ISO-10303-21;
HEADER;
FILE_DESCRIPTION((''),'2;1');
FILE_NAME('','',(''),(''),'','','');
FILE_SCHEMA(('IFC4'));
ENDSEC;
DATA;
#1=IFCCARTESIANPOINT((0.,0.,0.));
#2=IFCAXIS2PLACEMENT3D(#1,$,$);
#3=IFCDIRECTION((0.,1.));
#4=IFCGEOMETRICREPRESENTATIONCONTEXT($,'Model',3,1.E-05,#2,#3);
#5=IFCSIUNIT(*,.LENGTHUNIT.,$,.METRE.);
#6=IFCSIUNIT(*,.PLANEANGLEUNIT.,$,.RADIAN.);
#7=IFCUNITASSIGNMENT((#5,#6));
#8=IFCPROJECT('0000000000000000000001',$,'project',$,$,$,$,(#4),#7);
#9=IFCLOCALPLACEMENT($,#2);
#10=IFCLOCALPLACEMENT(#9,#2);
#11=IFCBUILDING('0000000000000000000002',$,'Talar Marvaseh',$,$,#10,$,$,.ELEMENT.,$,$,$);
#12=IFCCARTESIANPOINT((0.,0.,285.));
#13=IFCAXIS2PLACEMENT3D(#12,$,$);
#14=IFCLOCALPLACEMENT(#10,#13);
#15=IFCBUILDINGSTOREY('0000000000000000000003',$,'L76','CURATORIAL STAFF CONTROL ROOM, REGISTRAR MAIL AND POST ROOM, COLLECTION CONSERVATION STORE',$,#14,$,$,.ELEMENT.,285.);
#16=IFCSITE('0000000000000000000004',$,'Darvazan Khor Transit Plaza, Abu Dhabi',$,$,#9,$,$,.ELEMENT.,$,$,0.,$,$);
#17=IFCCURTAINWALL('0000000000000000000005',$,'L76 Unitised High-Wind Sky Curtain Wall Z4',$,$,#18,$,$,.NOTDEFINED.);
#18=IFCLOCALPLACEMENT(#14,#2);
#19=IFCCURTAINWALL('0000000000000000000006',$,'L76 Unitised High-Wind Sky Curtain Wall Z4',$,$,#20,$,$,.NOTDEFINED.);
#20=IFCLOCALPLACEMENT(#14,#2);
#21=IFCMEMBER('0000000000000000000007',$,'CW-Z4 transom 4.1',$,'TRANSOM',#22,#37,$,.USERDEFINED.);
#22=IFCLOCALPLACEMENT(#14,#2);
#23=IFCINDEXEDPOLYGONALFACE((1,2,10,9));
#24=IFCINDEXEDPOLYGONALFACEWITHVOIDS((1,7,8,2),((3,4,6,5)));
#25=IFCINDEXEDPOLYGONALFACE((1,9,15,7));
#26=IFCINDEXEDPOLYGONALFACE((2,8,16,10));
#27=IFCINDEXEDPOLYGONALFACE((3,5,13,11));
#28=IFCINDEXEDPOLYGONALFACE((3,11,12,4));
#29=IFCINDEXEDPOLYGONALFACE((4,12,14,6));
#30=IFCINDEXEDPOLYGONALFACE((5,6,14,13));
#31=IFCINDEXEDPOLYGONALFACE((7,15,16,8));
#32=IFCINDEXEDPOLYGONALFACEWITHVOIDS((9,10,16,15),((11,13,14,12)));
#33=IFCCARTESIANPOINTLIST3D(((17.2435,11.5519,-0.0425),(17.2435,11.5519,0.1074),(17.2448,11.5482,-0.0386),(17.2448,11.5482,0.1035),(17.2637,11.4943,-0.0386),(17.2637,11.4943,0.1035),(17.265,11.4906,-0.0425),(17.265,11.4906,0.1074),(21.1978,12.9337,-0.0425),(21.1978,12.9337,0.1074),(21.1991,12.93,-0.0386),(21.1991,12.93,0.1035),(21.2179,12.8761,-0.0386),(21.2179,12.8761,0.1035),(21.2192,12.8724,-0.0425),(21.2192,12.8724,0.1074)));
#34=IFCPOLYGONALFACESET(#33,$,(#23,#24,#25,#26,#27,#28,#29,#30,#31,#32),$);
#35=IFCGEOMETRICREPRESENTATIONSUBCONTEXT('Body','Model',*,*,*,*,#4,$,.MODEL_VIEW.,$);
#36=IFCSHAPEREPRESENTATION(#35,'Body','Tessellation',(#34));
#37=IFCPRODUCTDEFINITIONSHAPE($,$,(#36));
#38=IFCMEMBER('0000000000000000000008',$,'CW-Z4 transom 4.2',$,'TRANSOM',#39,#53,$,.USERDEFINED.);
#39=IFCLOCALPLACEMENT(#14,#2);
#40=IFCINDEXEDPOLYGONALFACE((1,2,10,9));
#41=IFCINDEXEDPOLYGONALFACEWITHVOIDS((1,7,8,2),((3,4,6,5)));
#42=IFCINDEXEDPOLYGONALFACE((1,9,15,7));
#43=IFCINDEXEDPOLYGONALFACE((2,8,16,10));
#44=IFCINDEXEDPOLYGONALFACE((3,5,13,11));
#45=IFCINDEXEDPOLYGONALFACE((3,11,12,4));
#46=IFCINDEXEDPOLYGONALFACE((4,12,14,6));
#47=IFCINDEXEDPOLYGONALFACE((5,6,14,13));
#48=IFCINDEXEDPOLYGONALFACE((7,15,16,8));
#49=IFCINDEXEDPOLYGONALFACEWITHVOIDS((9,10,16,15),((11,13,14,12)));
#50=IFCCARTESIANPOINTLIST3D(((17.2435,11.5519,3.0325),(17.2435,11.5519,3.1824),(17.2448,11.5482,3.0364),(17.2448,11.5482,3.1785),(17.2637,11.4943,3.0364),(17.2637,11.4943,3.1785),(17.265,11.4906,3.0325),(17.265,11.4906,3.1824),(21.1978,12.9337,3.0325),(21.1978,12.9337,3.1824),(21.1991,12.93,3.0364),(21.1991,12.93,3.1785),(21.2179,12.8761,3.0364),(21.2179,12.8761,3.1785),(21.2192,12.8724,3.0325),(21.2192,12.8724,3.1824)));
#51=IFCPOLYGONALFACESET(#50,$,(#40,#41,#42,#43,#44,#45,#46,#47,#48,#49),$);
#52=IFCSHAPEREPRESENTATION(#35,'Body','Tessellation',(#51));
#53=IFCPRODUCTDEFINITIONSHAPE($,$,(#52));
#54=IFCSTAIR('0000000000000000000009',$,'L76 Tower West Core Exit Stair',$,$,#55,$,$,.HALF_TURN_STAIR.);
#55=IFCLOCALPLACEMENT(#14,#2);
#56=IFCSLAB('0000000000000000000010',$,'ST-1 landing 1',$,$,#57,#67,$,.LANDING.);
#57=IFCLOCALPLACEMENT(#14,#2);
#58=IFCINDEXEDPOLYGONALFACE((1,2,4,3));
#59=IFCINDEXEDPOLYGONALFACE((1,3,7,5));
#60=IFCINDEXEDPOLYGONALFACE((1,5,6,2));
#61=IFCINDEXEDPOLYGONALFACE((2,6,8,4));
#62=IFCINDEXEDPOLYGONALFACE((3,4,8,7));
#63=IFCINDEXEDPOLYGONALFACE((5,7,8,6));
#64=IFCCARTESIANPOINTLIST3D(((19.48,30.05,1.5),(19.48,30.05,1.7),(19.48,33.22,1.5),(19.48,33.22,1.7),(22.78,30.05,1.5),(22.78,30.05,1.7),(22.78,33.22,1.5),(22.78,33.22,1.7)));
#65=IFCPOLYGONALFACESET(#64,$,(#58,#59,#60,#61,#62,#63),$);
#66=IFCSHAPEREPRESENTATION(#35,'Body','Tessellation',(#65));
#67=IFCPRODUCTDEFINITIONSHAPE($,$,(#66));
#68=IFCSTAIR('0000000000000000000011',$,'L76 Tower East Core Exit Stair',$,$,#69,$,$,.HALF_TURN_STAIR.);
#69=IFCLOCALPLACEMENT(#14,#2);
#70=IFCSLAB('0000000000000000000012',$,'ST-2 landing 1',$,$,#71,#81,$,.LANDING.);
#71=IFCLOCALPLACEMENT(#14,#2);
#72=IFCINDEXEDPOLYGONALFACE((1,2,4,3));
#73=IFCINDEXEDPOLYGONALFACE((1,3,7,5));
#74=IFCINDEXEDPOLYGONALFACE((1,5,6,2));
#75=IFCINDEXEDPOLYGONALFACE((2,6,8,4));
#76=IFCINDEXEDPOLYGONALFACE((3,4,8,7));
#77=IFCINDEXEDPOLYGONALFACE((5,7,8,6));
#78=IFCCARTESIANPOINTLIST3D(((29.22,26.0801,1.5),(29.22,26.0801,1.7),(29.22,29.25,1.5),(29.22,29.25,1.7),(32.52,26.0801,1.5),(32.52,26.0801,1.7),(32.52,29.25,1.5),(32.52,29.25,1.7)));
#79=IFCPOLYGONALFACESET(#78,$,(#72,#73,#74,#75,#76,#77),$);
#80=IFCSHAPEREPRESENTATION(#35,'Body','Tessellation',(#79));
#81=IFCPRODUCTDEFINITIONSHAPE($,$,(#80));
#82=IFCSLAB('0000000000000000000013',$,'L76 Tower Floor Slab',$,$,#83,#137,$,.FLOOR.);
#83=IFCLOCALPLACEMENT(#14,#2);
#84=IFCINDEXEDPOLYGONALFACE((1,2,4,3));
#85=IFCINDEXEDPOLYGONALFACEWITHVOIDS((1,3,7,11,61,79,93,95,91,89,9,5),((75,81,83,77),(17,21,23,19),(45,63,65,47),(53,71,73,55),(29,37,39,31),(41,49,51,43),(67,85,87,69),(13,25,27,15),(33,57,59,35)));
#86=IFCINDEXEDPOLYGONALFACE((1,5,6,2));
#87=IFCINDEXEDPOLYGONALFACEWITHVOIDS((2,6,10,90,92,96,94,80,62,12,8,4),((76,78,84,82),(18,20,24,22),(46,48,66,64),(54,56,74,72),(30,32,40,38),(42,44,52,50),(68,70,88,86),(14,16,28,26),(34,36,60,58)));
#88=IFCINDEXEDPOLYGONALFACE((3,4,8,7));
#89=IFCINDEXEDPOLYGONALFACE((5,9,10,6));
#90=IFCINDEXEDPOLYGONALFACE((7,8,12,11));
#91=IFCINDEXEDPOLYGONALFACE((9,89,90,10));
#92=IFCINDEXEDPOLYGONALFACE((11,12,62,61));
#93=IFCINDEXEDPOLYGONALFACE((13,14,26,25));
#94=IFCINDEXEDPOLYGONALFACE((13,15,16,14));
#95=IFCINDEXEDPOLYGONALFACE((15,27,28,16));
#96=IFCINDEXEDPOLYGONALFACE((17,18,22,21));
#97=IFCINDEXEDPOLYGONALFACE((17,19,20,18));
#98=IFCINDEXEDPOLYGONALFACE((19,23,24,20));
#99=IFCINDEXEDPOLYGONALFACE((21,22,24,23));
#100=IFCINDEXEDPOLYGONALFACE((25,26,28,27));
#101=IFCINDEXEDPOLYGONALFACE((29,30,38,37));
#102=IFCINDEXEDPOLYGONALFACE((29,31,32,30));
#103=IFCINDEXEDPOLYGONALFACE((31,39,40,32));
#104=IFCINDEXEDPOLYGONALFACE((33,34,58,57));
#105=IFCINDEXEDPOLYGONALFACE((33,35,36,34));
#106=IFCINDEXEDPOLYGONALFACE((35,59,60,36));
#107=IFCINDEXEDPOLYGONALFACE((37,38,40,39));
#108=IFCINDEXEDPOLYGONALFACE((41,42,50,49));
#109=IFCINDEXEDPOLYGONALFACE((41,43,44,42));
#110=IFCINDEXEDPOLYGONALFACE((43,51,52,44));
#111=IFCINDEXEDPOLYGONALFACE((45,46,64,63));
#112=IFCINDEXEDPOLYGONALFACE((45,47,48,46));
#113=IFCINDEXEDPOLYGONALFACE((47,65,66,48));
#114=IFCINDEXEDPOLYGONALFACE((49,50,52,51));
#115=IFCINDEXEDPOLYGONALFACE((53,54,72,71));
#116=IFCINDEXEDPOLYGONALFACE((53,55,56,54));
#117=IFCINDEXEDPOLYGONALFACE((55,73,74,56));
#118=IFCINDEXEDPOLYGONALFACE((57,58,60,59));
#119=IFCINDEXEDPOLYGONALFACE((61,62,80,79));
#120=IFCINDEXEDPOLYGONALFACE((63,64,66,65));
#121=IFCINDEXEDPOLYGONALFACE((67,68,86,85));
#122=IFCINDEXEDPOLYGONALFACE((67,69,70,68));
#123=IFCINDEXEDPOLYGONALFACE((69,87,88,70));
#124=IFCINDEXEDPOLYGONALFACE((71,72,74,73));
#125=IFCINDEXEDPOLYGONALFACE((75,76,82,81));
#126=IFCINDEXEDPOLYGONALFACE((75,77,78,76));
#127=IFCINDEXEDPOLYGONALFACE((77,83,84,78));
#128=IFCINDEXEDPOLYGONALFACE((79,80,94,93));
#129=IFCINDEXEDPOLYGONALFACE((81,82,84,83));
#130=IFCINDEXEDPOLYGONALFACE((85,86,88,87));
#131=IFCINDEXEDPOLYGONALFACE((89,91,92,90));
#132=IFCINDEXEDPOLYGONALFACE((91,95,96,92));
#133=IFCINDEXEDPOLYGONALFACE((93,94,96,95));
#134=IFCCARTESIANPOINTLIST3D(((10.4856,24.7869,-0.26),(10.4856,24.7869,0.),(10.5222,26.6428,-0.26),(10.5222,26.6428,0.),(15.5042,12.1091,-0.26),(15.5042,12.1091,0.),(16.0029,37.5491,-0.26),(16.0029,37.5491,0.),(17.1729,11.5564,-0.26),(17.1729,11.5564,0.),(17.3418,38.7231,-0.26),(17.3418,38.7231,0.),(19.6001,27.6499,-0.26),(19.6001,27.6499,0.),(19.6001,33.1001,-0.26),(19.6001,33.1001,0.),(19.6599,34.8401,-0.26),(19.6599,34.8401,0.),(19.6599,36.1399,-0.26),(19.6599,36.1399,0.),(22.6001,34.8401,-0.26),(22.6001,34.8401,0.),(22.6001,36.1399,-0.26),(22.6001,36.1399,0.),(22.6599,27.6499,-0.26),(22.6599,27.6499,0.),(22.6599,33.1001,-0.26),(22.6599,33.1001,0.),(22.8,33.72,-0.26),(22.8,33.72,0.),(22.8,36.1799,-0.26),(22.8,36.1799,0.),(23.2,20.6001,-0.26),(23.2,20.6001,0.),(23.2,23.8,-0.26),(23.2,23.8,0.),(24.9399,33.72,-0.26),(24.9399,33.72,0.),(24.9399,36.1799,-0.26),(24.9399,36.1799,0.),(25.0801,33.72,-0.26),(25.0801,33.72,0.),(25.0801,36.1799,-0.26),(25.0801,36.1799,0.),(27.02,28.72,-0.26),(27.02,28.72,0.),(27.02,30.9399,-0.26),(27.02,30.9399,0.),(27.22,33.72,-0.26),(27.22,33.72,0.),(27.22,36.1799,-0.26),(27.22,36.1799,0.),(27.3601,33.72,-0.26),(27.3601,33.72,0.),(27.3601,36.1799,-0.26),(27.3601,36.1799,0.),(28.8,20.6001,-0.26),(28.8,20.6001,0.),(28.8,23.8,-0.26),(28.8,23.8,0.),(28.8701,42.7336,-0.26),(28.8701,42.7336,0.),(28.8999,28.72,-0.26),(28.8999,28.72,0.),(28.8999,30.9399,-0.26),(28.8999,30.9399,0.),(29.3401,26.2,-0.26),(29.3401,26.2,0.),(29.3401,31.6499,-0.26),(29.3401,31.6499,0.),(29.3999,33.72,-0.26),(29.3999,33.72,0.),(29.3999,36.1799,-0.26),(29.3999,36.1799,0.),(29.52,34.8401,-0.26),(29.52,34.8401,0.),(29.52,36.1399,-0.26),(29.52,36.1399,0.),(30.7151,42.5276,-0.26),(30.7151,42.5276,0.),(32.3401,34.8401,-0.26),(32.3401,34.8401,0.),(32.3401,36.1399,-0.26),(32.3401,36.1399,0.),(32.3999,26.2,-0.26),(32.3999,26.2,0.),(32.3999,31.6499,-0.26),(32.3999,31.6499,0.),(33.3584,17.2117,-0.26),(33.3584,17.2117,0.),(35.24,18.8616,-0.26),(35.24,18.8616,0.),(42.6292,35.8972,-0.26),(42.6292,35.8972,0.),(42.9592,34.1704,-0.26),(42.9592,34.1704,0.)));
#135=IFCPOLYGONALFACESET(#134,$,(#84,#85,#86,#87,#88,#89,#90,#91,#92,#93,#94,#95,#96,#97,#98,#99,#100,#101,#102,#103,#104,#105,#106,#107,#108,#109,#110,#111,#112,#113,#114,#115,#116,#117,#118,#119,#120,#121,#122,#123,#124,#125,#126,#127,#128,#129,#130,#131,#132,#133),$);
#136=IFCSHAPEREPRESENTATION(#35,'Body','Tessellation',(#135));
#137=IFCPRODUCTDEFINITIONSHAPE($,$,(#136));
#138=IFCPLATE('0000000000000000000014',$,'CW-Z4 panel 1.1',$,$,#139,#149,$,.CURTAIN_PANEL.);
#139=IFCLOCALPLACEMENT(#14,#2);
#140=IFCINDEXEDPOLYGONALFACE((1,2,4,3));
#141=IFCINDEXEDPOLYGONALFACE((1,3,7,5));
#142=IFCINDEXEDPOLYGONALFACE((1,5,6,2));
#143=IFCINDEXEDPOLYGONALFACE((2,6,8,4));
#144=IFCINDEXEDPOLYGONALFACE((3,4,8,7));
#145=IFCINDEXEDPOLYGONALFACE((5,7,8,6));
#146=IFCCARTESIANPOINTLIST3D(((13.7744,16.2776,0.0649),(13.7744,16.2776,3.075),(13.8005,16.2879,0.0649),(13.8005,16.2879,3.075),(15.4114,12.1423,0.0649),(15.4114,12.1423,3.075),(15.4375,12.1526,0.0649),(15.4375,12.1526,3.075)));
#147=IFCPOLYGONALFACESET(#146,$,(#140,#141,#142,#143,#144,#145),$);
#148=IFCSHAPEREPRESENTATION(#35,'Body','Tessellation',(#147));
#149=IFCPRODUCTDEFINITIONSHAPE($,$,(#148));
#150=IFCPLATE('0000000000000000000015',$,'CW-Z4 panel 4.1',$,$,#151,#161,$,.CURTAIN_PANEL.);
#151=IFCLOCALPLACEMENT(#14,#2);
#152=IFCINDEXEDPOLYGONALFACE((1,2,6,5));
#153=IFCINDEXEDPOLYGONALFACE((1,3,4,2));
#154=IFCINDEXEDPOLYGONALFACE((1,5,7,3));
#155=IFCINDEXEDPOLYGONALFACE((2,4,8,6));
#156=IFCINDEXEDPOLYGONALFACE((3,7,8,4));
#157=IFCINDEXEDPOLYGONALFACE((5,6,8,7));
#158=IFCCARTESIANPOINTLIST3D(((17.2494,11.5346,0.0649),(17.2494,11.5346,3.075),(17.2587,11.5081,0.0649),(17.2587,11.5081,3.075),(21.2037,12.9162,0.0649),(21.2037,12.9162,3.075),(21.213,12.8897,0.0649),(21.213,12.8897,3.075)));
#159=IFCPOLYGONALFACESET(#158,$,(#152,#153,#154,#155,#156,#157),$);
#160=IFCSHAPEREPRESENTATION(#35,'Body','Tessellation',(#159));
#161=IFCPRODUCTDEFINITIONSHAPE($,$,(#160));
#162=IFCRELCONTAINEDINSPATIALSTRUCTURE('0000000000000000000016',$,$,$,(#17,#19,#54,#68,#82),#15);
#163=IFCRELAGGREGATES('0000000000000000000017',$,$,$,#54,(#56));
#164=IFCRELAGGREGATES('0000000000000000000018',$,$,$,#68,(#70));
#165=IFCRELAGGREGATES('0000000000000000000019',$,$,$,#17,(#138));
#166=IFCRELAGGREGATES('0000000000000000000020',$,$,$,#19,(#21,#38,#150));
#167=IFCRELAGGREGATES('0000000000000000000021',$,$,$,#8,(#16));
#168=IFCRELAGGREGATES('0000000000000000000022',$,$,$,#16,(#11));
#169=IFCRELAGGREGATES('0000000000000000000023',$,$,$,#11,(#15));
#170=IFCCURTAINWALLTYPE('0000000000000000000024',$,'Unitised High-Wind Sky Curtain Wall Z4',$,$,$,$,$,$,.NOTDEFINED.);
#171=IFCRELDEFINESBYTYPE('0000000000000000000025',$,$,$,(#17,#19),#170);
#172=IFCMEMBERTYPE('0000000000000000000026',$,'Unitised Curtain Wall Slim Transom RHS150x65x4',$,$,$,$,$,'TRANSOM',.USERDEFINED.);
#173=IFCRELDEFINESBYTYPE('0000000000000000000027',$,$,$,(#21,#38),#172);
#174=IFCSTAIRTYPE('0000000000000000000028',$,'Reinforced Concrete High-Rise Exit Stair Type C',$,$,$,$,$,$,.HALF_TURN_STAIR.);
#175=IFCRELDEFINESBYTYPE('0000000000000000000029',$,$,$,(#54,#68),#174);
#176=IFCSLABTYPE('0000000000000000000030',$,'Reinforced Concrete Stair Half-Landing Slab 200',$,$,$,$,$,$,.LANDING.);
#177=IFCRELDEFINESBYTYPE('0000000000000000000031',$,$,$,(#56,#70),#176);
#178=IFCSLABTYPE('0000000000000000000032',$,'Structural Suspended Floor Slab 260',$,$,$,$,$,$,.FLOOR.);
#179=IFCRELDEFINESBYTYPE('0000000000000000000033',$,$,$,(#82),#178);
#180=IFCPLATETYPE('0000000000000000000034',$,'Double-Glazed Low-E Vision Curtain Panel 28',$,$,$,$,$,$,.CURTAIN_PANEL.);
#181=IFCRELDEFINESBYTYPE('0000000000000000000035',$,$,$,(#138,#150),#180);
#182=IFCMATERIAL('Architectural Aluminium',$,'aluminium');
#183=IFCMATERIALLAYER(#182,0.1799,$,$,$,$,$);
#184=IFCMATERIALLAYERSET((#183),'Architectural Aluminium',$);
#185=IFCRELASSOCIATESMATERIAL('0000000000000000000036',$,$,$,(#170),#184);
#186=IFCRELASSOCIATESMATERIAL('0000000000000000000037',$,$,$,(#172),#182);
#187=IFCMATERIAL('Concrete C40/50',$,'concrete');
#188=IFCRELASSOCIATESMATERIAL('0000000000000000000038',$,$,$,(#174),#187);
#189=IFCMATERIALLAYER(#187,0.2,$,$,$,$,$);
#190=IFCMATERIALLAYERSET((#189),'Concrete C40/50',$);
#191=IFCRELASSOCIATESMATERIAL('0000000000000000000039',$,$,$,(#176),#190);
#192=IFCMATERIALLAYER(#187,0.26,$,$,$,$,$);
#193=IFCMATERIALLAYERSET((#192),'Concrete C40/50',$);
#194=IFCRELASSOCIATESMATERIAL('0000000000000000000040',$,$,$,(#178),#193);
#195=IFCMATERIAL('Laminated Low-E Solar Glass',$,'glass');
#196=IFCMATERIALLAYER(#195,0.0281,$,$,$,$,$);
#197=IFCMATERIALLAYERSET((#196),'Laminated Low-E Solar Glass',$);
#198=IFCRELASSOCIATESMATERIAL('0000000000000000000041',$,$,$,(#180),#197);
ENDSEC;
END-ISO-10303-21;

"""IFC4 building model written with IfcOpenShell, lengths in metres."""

from ifc_helpers import new_model, si_unit, direction, frame, origin, origin_2d, place, context, subcontext, project, spatial, polyline, rectangle, hollow_rectangle, outline, extrude, source, transform, mapped, material, layer, layer_set, material_profile, profile_set, type_object, type_shapes, element, aggregate, save


model = new_model("IFC4")

# Units and contexts
model_context = context("Model", 3, precision=1e-05, world=origin(), true_north=direction((0.0, 1.0)))
body_context = subcontext(model_context, "Body", "Model", "MODEL_VIEW")
ifc_project = project(units=[si_unit("LENGTHUNIT", "METRE"), si_unit("PLANEANGLEUNIT", "RADIAN")], contexts=[model_context])

# Site, building, storey
site_placement = place(None, origin())
site = spatial("IfcSite", under=ifc_project, at=site_placement, Name="Darvazan Khor Transit Plaza, Abu Dhabi", CompositionType="ELEMENT", RefElevation=0.0)
building_placement = place(site_placement, origin())
building = spatial("IfcBuilding", under=site, at=building_placement, Name="Talar Marvaseh", CompositionType="ELEMENT")
storey_placement = place(building_placement, frame((0.0, 0.0, 285.0)))
storey = spatial("IfcBuildingStorey", under=building, at=storey_placement, Name="L76", Description="CURATORIAL STAFF CONTROL ROOM, REGISTRAR MAIL AND POST ROOM, COLLECTION CONSERVATION STORE", CompositionType="ELEMENT", Elevation=285.0)

# Curtain walls
ifc_material_1 = material(Name="Architectural Aluminium", Category="aluminium")
ifc_layer_1 = layer(ifc_material_1, 0.1799)
ifc_layer_set_1 = layer_set([ifc_layer_1], Name="Architectural Aluminium")
curtain_wall_type = type_object("IfcCurtainWallType", Name="Unitised High-Wind Sky Curtain Wall Z4", PredefinedType="NOTDEFINED", material=ifc_layer_set_1)
curtain_wall_1_placement = place(storey_placement, origin())
curtain_wall_1 = element("IfcCurtainWall", 1, at=curtain_wall_1_placement, inside=storey, type_object=curtain_wall_type, Name="L76 Unitised High-Wind Sky Curtain Wall Z4", PredefinedType="NOTDEFINED")
curtain_wall_2_placement = place(storey_placement, origin())
curtain_wall_2 = element("IfcCurtainWall", 2, at=curtain_wall_2_placement, inside=storey, type_object=curtain_wall_type, Name="L76 Unitised High-Wind Sky Curtain Wall Z4", PredefinedType="NOTDEFINED")

# Members
ifc_material_profile_1 = material_profile(ifc_material_1, hollow_rectangle(XDim=0.0649, YDim=0.1499, WallThickness=0.0039, at=origin_2d()), Name="RHS150x65x4")
ifc_profile_set_1 = profile_set([ifc_material_profile_1], Name="Architectural Aluminium")
member_type_1 = type_object("IfcMemberType", Name="Unitised Curtain Wall Slim Transom RHS150x65x4", ElementType="TRANSOM", PredefinedType="USERDEFINED", material=ifc_profile_set_1)
shared_shape_1 = source(origin(), body_context, "Body", "SweptSolid", [
    extrude(hollow_rectangle(XDim=0.0649, YDim=0.1499, WallThickness=0.0039, at=origin_2d()), origin(), (0.0, 0.0, 1.0), 4.1887),
])
member_1_placement = place(storey_placement, frame((21.2085, 12.9031, 0.0325), z_axis=(-0.944021, -0.329886, 0.0), x_axis=(0.329886, -0.944021, 0.0)))
member_1 = element("IfcMember", 3, at=member_1_placement, type_object=member_type_1, Name="CW-Z4 transom 4.1", ObjectType="TRANSOM", PredefinedType="USERDEFINED", context=body_context, shape_type="MappedRepresentation", body=[
    mapped(shared_shape_1, transform((0.0, 0.0, 0.0), x_axis=(1.0, 0.0, 0.0), y_axis=(0.0, 1.0, 0.0), z_axis=(0.0, 0.0, 1.0), scale=1.0)),
])
member_2_placement = place(storey_placement, frame((21.2085, 12.9031, 3.1074), z_axis=(-0.944021, -0.329886, 0.0), x_axis=(0.329886, -0.944021, 0.0)))
member_2 = element("IfcMember", 4, at=member_2_placement, type_object=member_type_1, Name="CW-Z4 transom 4.2", ObjectType="TRANSOM", PredefinedType="USERDEFINED", context=body_context, shape_type="MappedRepresentation", body=[
    mapped(shared_shape_1, transform((0.0, 0.0, 0.0), x_axis=(1.0, 0.0, 0.0), y_axis=(0.0, 1.0, 0.0), z_axis=(0.0, 0.0, 1.0), scale=1.0)),
])

# Stairs, slabs
ifc_material_2 = material(Name="Concrete C40/50", Category="concrete")
stair_type = type_object("IfcStairType", Name="Reinforced Concrete High-Rise Exit Stair Type C", PredefinedType="HALF_TURN_STAIR", material=ifc_material_2)
stair_1_placement = place(storey_placement, origin())
stair_1 = element("IfcStair", 5, at=stair_1_placement, inside=storey, type_object=stair_type, Name="L76 Tower West Core Exit Stair", PredefinedType="HALF_TURN_STAIR")
ifc_layer_2 = layer(ifc_material_2, 0.2)
ifc_layer_set_2 = layer_set([ifc_layer_2], Name="Concrete C40/50")
slab_type_1 = type_object("IfcSlabType", Name="Reinforced Concrete Stair Half-Landing Slab 200", PredefinedType="LANDING", material=ifc_layer_set_2)
slab_1_placement = place(storey_placement, frame((0.0, 0.0, 1.5)))
slab_1 = element("IfcSlab", 6, at=slab_1_placement, type_object=slab_type_1, Name="ST-1 landing 1", PredefinedType="LANDING", context=body_context, shape_type="SweptSolid", body=[
    extrude(outline(polyline([(22.78, 30.05), (22.78, 33.22), (19.48, 33.22), (19.48, 30.05), (22.78, 30.05)])), origin(), (0.0, 0.0, 1.0), 0.2),
])
aggregate(stair_1, [slab_1])
stair_2_placement = place(storey_placement, origin())
stair_2 = element("IfcStair", 7, at=stair_2_placement, inside=storey, type_object=stair_type, Name="L76 Tower East Core Exit Stair", PredefinedType="HALF_TURN_STAIR")
slab_2_placement = place(storey_placement, frame((0.0, 0.0, 1.5)))
slab_2 = element("IfcSlab", 8, at=slab_2_placement, type_object=slab_type_1, Name="ST-2 landing 1", PredefinedType="LANDING", context=body_context, shape_type="SweptSolid", body=[
    extrude(outline(polyline([(29.22, 29.25), (29.22, 26.0801), (32.52, 26.0801), (32.52, 29.25), (29.22, 29.25)])), origin(), (0.0, 0.0, 1.0), 0.2),
])
aggregate(stair_2, [slab_2])

# Slab
ifc_layer_3 = layer(ifc_material_2, 0.26)
ifc_layer_set_3 = layer_set([ifc_layer_3], Name="Concrete C40/50")
slab_type_2 = type_object("IfcSlabType", Name="Structural Suspended Floor Slab 260", PredefinedType="FLOOR", material=ifc_layer_set_3)
slab_3_placement = place(storey_placement, frame((0.0, 0.0, -0.26)))
element("IfcSlab", 9, at=slab_3_placement, inside=storey, type_object=slab_type_2, Name="L76 Tower Floor Slab", PredefinedType="FLOOR", context=body_context, shape_type="SweptSolid", body=[
    extrude(outline(polyline([(17.1729, 11.5564), (15.5042, 12.1091), (10.4856, 24.7869), (10.5222, 26.6428), (16.0029, 37.5491), (17.3418, 38.7231), (28.8701, 42.7336), (30.7151, 42.5276), (42.6292, 35.8972), (42.9592, 34.1704), (35.24, 18.8616), (33.3584, 17.2117), (17.1729, 11.5564)]), holes=[polyline([(22.6599, 27.6499), (22.6599, 33.1001), (19.6001, 33.1001), (19.6001, 27.6499), (22.6599, 27.6499)]), polyline([(29.3401, 31.6499), (29.3401, 26.2), (32.3999, 26.2), (32.3999, 31.6499), (29.3401, 31.6499)]), polyline([(22.8, 33.72), (24.9399, 33.72), (24.9399, 36.1799), (22.8, 36.1799), (22.8, 33.72)]), polyline([(25.0801, 33.72), (27.22, 33.72), (27.22, 36.1799), (25.0801, 36.1799), (25.0801, 33.72)]), polyline([(27.3601, 33.72), (29.3999, 33.72), (29.3999, 36.1799), (27.3601, 36.1799), (27.3601, 33.72)]), polyline([(27.02, 28.72), (28.8999, 28.72), (28.8999, 30.9399), (27.02, 30.9399), (27.02, 28.72)]), polyline([(19.6599, 34.8401), (22.6001, 34.8401), (22.6001, 36.1399), (19.6599, 36.1399), (19.6599, 34.8401)]), polyline([(29.52, 34.8401), (32.3401, 34.8401), (32.3401, 36.1399), (29.52, 36.1399), (29.52, 34.8401)]), polyline([(23.2, 20.6001), (28.8, 20.6001), (28.8, 23.8), (23.2, 23.8), (23.2, 20.6001)])]), origin(), (0.0, 0.0, 1.0), 0.26),
])

# Plates
ifc_material_3 = material(Name="Laminated Low-E Solar Glass", Category="glass")
ifc_layer_4 = layer(ifc_material_3, 0.0281)
ifc_layer_set_4 = layer_set([ifc_layer_4], Name="Laminated Low-E Solar Glass")
plate_type = type_object("IfcPlateType", Name="Double-Glazed Low-E Vision Curtain Panel 28", PredefinedType="CURTAIN_PANEL", material=ifc_layer_set_4)
shared_shape_2 = source(origin(), body_context, "Body", "SweptSolid", [
    extrude(rectangle(XDim=4.4475, YDim=0.0281, at=origin_2d()), origin(), (0.0, 0.0, 1.0), 3.01),
])
plate_1_placement = place(storey_placement, frame((14.606, 14.2151, 0.0649), z_axis=(0.0, 0.0, 1.0), x_axis=(-0.36806, 0.929802, 0.0)))
plate_1 = element("IfcPlate", 10, at=plate_1_placement, type_object=plate_type, Name="CW-Z4 panel 1.1", PredefinedType="CURTAIN_PANEL", context=body_context, shape_type="MappedRepresentation", body=[
    mapped(shared_shape_2, transform((0.0, 0.0, 0.0), x_axis=(1.0, 0.0, 0.0), y_axis=(0.0, 1.0, 0.0), z_axis=(0.0, 0.0, 1.0), scale=1.0)),
])
aggregate(curtain_wall_1, [plate_1])
shared_shape_3 = source(origin(), body_context, "Body", "SweptSolid", [
    extrude(rectangle(XDim=4.1887, YDim=0.0281, at=origin_2d()), origin(), (0.0, 0.0, 1.0), 3.01),
])
type_shapes(plate_type, [shared_shape_2, shared_shape_3])
plate_2_placement = place(storey_placement, frame((19.2312, 12.2122, 0.0649), z_axis=(0.0, 0.0, 1.0), x_axis=(-0.944038, -0.329838, 0.0)))
plate_2 = element("IfcPlate", 11, at=plate_2_placement, type_object=plate_type, Name="CW-Z4 panel 4.1", PredefinedType="CURTAIN_PANEL", context=body_context, shape_type="MappedRepresentation", body=[
    mapped(shared_shape_3, transform((0.0, 0.0, 0.0), x_axis=(1.0, 0.0, 0.0), y_axis=(0.0, 1.0, 0.0), z_axis=(0.0, 0.0, 1.0), scale=1.0)),
])
aggregate(curtain_wall_2, [member_1, member_2, plate_2])

save(model, "model.ifc")
